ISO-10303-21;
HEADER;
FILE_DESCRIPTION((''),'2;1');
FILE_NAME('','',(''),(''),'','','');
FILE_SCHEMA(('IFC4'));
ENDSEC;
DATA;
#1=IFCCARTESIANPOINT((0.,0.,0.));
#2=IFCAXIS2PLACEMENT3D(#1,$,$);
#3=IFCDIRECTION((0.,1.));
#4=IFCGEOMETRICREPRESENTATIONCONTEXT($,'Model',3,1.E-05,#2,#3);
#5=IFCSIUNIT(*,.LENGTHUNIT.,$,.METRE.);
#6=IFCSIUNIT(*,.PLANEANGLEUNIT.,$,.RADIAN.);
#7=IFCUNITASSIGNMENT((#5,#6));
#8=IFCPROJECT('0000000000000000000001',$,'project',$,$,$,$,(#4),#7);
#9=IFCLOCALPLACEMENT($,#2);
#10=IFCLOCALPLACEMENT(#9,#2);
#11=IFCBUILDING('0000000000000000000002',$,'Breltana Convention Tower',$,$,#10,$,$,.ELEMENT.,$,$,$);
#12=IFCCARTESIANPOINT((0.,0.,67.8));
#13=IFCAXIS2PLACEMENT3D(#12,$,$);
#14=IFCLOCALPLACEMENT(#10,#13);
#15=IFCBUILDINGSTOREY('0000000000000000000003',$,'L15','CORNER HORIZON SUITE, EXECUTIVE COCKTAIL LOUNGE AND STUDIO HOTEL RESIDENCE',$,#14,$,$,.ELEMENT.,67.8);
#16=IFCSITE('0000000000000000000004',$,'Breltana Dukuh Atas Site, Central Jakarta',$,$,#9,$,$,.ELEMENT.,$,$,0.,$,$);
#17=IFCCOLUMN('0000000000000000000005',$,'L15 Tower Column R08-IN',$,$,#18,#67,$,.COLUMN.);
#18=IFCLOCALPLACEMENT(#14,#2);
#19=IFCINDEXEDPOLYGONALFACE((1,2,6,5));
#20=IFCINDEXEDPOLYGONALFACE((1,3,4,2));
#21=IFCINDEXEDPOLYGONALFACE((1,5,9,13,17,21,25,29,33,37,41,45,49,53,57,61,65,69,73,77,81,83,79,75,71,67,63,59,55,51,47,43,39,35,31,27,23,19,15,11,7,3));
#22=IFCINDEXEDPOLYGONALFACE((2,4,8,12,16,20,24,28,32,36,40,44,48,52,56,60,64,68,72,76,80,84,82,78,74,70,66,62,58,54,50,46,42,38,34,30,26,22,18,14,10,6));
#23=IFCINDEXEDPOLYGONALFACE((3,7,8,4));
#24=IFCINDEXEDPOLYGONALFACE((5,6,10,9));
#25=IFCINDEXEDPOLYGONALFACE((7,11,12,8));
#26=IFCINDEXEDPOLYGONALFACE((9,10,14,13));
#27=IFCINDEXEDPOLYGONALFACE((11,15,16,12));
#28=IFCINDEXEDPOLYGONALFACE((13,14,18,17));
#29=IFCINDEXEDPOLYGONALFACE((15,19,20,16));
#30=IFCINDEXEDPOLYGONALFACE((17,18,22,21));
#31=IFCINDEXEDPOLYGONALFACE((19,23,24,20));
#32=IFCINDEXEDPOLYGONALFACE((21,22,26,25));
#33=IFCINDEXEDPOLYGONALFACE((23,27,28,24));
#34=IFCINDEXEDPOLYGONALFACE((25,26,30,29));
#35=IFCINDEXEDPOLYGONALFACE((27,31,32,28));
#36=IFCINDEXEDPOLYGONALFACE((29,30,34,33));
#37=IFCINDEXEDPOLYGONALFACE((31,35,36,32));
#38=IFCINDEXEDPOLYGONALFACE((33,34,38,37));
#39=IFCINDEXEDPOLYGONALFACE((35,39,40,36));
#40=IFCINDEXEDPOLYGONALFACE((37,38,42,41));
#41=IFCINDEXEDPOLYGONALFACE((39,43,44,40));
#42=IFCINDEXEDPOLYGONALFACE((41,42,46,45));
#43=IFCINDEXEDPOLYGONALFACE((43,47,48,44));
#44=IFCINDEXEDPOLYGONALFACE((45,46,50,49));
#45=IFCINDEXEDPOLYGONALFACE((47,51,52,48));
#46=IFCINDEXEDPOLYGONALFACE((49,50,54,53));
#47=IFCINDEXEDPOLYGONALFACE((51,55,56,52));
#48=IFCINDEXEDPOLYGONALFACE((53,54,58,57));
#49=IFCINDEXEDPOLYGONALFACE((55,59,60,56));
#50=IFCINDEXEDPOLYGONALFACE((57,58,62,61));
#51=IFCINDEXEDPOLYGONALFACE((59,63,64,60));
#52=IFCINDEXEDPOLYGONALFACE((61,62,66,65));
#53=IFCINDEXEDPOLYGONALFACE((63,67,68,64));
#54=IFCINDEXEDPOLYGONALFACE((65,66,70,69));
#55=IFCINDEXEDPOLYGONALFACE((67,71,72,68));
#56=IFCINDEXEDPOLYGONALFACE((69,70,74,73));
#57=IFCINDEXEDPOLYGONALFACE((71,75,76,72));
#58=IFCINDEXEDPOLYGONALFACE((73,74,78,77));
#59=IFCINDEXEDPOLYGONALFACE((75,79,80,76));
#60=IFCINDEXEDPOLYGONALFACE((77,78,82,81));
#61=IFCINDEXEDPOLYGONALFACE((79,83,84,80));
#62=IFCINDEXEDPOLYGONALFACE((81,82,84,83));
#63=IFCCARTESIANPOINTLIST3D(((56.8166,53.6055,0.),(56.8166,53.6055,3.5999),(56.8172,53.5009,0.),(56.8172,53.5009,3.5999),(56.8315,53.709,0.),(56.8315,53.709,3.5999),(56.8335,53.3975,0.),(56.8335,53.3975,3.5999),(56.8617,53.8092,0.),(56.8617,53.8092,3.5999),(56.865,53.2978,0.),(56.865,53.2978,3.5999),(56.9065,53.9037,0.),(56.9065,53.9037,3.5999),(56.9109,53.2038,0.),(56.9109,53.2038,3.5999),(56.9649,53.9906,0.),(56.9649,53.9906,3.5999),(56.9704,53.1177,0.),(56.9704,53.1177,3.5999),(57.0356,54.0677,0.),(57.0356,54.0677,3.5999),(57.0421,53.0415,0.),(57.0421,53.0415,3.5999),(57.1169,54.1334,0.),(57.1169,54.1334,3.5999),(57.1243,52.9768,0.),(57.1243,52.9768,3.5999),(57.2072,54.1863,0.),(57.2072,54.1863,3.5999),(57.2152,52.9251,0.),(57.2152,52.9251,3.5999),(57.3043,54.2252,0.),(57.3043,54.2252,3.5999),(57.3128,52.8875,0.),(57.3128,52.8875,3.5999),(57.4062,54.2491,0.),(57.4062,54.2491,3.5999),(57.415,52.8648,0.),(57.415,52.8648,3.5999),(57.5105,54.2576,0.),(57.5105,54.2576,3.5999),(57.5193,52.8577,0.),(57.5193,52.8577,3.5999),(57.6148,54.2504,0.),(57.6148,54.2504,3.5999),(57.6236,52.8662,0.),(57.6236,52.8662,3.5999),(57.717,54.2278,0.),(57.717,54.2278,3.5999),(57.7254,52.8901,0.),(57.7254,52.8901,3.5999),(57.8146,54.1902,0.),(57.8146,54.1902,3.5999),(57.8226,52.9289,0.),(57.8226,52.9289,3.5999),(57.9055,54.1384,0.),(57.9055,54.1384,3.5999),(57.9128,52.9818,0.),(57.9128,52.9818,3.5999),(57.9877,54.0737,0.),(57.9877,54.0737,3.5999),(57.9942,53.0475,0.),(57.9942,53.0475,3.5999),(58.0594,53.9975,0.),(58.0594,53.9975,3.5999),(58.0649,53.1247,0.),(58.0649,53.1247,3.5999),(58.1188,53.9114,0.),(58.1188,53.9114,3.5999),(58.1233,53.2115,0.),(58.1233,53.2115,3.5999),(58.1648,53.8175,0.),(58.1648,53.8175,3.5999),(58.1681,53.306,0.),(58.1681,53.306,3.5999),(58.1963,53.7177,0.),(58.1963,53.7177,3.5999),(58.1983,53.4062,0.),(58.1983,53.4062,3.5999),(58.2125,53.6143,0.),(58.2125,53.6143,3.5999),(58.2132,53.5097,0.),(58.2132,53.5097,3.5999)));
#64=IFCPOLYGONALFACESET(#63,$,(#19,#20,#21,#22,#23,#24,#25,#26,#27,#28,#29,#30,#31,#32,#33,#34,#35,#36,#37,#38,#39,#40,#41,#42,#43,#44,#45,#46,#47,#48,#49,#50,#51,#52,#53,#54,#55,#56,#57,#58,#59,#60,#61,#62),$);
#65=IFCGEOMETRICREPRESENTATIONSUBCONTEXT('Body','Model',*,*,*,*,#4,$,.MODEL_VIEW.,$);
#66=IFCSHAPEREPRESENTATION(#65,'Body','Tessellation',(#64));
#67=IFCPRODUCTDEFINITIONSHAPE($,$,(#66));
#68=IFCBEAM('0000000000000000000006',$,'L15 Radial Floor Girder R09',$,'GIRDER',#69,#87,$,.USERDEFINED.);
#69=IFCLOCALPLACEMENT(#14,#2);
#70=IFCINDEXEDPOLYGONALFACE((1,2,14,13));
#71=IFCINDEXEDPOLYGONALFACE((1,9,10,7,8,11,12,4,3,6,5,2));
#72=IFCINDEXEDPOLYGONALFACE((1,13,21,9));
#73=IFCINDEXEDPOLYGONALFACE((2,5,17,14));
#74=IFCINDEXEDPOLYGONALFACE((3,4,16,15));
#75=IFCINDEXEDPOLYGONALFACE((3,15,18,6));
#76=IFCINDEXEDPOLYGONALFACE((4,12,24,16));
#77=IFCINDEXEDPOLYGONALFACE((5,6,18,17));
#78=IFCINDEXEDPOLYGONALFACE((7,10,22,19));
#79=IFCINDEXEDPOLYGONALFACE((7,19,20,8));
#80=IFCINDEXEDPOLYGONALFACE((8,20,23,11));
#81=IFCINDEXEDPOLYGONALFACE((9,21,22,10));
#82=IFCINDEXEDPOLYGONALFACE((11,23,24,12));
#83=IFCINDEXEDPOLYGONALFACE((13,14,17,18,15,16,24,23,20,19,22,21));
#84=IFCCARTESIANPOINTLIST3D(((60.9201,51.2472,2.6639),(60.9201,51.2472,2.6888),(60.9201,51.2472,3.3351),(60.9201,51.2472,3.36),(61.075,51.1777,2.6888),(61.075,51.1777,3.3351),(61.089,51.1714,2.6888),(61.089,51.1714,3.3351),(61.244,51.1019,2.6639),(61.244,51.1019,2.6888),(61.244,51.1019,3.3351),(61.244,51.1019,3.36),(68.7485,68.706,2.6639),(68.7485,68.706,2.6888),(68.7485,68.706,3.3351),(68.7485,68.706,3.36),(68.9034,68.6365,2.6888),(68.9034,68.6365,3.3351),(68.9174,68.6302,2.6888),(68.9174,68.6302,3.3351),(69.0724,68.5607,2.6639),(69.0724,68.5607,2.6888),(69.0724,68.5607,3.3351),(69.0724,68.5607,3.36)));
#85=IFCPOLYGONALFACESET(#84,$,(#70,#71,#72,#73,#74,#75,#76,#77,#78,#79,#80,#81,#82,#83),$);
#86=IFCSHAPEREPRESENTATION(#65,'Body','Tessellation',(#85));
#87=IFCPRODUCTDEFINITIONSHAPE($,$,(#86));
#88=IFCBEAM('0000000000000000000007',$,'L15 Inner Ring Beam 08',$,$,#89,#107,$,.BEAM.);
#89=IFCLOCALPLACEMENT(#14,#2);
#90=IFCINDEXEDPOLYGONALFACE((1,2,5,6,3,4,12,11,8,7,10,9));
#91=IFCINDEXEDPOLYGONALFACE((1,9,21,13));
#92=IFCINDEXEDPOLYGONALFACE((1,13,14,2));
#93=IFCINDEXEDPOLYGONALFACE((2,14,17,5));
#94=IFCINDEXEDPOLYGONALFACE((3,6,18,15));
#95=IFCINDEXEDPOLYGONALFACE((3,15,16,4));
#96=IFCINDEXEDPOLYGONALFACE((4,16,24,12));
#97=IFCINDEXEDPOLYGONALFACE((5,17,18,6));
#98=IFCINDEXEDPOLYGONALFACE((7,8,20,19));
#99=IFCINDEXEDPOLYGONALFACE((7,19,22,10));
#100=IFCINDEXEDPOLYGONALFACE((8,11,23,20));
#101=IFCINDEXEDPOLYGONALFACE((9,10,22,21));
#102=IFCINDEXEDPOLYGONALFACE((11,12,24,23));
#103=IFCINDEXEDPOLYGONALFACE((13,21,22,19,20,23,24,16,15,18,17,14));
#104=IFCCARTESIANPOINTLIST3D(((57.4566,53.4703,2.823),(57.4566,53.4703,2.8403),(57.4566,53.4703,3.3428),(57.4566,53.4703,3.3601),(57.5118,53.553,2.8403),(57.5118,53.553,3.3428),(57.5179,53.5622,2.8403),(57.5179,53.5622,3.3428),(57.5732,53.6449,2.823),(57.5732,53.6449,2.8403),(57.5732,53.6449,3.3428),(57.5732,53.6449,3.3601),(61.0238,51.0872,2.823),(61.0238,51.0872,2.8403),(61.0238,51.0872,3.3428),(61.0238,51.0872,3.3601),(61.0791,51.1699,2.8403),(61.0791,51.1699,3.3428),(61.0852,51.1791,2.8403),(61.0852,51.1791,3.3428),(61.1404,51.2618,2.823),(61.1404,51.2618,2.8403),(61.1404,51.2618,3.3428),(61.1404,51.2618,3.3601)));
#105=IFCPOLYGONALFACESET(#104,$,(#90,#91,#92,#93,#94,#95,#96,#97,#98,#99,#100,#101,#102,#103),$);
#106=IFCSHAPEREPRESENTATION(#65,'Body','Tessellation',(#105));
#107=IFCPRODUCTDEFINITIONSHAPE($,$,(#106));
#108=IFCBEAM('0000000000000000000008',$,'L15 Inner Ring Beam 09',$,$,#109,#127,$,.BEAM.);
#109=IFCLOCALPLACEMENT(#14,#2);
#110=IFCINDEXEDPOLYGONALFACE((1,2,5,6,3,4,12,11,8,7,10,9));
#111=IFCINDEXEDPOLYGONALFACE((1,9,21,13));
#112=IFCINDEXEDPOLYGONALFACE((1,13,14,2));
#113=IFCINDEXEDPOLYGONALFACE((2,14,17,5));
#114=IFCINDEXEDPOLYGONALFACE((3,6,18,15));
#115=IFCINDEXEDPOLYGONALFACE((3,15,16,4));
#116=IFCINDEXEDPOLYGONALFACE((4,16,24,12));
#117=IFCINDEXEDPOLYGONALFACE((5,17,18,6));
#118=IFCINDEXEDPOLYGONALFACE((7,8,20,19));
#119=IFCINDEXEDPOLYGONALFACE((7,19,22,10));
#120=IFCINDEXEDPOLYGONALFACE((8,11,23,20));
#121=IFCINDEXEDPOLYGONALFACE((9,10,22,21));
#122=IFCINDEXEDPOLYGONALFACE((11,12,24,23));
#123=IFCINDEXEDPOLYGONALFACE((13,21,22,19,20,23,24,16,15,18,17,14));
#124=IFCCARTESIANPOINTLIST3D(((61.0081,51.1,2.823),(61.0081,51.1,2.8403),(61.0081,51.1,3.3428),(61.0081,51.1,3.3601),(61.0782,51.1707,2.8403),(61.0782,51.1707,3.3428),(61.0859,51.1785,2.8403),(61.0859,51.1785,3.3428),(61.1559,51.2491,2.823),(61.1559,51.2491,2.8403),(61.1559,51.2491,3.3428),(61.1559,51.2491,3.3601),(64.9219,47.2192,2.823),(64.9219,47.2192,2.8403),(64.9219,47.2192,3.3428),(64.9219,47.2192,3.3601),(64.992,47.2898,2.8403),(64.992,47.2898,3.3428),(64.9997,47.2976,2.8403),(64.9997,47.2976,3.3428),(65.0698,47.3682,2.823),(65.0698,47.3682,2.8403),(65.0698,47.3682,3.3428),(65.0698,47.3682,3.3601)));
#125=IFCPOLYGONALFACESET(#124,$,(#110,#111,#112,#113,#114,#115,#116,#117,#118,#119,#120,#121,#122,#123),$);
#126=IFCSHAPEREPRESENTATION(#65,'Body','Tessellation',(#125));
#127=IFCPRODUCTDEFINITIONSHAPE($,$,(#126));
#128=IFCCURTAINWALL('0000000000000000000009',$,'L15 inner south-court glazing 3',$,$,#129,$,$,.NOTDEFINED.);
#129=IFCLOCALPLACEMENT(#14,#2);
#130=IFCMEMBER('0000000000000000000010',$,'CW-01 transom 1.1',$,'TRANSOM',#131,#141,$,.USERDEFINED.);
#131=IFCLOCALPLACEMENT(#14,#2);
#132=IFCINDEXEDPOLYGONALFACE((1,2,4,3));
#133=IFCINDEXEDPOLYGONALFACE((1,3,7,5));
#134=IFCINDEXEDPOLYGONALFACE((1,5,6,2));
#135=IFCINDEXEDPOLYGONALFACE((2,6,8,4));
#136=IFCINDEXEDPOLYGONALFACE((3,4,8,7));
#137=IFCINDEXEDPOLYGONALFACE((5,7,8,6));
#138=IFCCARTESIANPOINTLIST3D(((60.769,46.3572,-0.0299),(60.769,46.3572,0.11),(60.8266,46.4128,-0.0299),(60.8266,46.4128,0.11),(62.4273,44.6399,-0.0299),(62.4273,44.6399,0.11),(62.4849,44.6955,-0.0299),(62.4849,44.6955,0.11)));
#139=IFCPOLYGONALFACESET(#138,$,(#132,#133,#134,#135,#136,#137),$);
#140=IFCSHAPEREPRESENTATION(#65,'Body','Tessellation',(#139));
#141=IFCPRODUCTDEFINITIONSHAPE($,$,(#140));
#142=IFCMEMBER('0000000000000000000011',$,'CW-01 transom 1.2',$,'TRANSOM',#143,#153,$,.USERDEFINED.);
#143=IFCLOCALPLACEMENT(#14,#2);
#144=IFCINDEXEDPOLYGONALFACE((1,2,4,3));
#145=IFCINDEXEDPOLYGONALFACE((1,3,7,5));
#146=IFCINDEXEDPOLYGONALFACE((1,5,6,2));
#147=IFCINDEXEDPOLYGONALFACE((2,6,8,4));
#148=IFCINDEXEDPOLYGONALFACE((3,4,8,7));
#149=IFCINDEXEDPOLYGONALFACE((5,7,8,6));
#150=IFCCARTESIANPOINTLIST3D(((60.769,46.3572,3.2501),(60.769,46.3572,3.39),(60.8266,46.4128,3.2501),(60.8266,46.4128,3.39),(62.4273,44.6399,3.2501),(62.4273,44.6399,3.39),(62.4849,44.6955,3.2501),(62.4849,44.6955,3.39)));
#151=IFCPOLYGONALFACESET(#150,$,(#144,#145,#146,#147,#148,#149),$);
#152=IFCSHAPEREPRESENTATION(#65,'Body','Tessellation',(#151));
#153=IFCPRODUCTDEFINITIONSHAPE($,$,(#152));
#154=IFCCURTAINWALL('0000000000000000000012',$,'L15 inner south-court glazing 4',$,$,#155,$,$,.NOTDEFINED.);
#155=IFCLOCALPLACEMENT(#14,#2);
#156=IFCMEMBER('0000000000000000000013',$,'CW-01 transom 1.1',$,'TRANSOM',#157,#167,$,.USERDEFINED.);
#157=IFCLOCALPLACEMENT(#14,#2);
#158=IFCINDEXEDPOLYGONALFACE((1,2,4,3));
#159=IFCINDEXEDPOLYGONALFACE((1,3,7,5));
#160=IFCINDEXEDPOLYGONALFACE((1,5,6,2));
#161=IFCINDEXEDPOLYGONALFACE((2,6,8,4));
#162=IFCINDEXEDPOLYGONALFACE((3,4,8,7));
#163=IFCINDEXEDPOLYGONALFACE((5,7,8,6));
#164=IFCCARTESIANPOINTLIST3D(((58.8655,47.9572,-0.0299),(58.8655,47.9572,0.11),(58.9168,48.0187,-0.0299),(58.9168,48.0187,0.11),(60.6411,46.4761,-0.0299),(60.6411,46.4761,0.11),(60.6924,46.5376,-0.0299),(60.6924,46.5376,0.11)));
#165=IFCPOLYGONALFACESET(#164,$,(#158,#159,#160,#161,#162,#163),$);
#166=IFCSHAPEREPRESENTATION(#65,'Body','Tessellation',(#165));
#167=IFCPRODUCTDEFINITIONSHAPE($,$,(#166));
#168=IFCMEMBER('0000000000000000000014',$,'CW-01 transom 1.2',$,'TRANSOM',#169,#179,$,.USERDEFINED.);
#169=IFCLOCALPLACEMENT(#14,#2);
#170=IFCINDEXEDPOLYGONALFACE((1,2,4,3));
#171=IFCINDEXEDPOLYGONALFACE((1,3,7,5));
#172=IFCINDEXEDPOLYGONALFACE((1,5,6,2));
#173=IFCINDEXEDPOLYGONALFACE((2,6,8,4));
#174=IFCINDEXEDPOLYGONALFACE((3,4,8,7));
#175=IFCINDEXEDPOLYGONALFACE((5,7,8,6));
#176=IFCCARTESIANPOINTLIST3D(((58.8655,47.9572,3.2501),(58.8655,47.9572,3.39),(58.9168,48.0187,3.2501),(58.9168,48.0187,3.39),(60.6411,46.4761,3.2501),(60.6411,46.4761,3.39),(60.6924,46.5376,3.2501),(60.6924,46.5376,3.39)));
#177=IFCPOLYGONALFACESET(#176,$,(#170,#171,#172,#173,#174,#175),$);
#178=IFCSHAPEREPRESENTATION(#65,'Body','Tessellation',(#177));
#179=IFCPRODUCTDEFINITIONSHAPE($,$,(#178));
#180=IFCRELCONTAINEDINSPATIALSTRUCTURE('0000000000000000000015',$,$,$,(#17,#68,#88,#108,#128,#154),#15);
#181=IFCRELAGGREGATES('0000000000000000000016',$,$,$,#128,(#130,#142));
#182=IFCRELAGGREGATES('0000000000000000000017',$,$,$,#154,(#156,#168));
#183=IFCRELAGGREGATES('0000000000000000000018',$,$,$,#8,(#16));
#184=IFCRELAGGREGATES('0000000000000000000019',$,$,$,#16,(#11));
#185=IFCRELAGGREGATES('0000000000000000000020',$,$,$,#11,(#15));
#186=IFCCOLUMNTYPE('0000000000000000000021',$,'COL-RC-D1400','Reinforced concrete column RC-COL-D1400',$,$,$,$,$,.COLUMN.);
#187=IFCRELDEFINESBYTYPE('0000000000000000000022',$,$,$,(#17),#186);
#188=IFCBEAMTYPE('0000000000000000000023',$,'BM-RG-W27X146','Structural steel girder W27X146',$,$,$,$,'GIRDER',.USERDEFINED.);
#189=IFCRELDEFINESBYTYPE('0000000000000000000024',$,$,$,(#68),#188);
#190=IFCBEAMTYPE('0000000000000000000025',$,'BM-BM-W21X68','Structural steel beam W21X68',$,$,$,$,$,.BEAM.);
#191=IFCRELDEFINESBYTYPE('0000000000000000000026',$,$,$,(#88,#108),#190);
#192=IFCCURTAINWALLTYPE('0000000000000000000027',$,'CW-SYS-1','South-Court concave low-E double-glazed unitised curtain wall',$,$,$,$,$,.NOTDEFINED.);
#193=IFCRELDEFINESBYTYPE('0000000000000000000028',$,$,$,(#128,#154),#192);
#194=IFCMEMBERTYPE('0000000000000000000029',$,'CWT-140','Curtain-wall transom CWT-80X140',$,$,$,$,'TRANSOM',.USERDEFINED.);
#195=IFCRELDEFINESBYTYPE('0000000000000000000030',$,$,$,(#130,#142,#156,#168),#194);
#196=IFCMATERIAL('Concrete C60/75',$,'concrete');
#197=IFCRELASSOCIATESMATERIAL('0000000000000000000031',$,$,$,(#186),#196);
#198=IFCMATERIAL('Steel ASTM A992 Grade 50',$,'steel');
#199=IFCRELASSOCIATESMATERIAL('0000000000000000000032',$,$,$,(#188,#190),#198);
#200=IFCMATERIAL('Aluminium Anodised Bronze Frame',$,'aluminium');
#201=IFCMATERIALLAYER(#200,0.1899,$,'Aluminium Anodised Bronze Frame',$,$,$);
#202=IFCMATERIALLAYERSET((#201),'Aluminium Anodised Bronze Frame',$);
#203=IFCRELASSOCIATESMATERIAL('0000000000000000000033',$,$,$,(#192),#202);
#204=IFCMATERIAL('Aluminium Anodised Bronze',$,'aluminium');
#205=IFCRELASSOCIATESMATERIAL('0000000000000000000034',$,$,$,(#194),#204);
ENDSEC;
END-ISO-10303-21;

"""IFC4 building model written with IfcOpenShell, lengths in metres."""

from ifc_helpers import new_model, si_unit, direction, frame, origin, origin_2d, place, context, subcontext, project, spatial, rectangle, circle, i_section, extrude, source, transform, mapped, material, layer, layer_set, material_profile, profile_set, type_object, type_shapes, element, aggregate, save


model = new_model("IFC4")

# Units and contexts
model_context = context("Model", 3, precision=1e-05, world=origin(), true_north=direction((0.0, 1.0)))
body_context = subcontext(model_context, "Body", "Model", "MODEL_VIEW")
ifc_project = project(units=[si_unit("LENGTHUNIT", "METRE"), si_unit("PLANEANGLEUNIT", "RADIAN")], contexts=[model_context])

# Site, building, storey
site_placement = place(None, origin())
site = spatial("IfcSite", under=ifc_project, at=site_placement, Name="Breltana Dukuh Atas Site, Central Jakarta", CompositionType="ELEMENT", RefElevation=0.0)
building_placement = place(site_placement, origin())
building = spatial("IfcBuilding", under=site, at=building_placement, Name="Breltana Convention Tower", CompositionType="ELEMENT")
storey_placement = place(building_placement, frame((0.0, 0.0, 67.8)))
storey = spatial("IfcBuildingStorey", under=building, at=storey_placement, Name="L15", Description="CORNER HORIZON SUITE, EXECUTIVE COCKTAIL LOUNGE AND STUDIO HOTEL RESIDENCE", CompositionType="ELEMENT", Elevation=67.8)

# Column
ifc_material_1 = material(Name="Concrete C60/75", Category="concrete")
ifc_material_profile_1 = material_profile(ifc_material_1, circle(Radius=0.7, at=origin_2d()), Name="RC-COL-D1400")
ifc_profile_set_1 = profile_set([ifc_material_profile_1], Name="Concrete C60/75")
column_type = type_object("IfcColumnType", Name="COL-RC-D1400", Description="Reinforced concrete column RC-COL-D1400", PredefinedType="COLUMN", material=ifc_profile_set_1)
shared_shape_1 = source(origin(), body_context, "Body", "SweptSolid", [
    extrude(circle(Radius=0.7, at=origin_2d()), origin(), (0.0, 0.0, 1.0), 3.5999),
])
for number, where, z_axis, x_axis, name in (
    (1, (57.5149, 53.5576, 0.0), (0.0, 0.0, 1.0), (0.288698, 0.95742, 0.0), "L15 Tower Column R08-IN"),
):
    element("IfcColumn", number, at=place(storey_placement, frame(where, z_axis=z_axis, x_axis=x_axis)), inside=storey, type_object=column_type, Name=name, PredefinedType="COLUMN", context=body_context, shape_type="MappedRepresentation", body=[
        mapped(shared_shape_1, transform((0.0, 0.0, 0.0), scale=1.0)),
    ])

# Beams
ifc_material_2 = material(Name="Steel ASTM A992 Grade 50", Category="steel")
ifc_material_profile_2 = material_profile(ifc_material_2, i_section(OverallWidth=0.355, OverallDepth=0.696, WebThickness=0.0154, FlangeThickness=0.0249, at=origin_2d()), Name="W27X146")
ifc_profile_set_2 = profile_set([ifc_material_profile_2], Name="Steel ASTM A992 Grade 50")
beam_type_1 = type_object("IfcBeamType", Name="BM-RG-W27X146", Description="Structural steel girder W27X146", ElementType="GIRDER", PredefinedType="USERDEFINED", material=ifc_profile_set_2)
shared_shape_2 = source(origin(), body_context, "Body", "SweptSolid", [
    extrude(i_section(OverallWidth=0.355, OverallDepth=0.696, WebThickness=0.0154, FlangeThickness=0.0249, at=origin_2d()), origin(), (0.0, 0.0, 1.0), 19.1335),
])
beam_1_placement = place(storey_placement, frame((61.082, 51.1746, 3.012), z_axis=(0.409145, 0.91247, 0.0), x_axis=(-0.91247, 0.409145, 0.0)))
element("IfcBeam", 2, at=beam_1_placement, inside=storey, type_object=beam_type_1, Name="L15 Radial Floor Girder R09", ObjectType="GIRDER", PredefinedType="USERDEFINED", context=body_context, shape_type="MappedRepresentation", body=[
    mapped(shared_shape_2, transform((0.0, 0.0, 0.0), scale=1.0)),
])
ifc_material_profile_3 = material_profile(ifc_material_2, i_section(OverallWidth=0.21, OverallDepth=0.5371, WebThickness=0.011, FlangeThickness=0.0173, at=origin_2d()), Name="W21X68")
ifc_profile_set_3 = profile_set([ifc_material_profile_3], Name="Steel ASTM A992 Grade 50")
beam_type_2 = type_object("IfcBeamType", Name="BM-BM-W21X68", Description="Structural steel beam W21X68", PredefinedType="BEAM", material=ifc_profile_set_3)
shared_shape_3 = source(origin(), body_context, "Body", "SweptSolid", [
    extrude(i_section(OverallWidth=0.21, OverallDepth=0.5371, WebThickness=0.011, FlangeThickness=0.0173, at=origin_2d()), origin(), (0.0, 0.0, 1.0), 4.29),
])
beam_2_placement = place(storey_placement, frame((57.5149, 53.5576, 3.0916), z_axis=(0.831516, -0.555501, 0.0), x_axis=(0.555501, 0.831516, 0.0)))
element("IfcBeam", 3, at=beam_2_placement, inside=storey, type_object=beam_type_2, Name="L15 Inner Ring Beam 08", PredefinedType="BEAM", context=body_context, shape_type="MappedRepresentation", body=[
    mapped(shared_shape_3, transform((0.0, 0.0, 0.0), scale=1.0)),
])
shared_shape_4 = source(origin(), body_context, "Body", "SweptSolid", [
    extrude(i_section(OverallWidth=0.21, OverallDepth=0.5371, WebThickness=0.011, FlangeThickness=0.0173, at=origin_2d()), origin(), (0.0, 0.0, 1.0), 5.5117),
])
beam_3_placement = place(storey_placement, frame((61.082, 51.1746, 3.0916), z_axis=(0.71009, -0.704111, 0.0), x_axis=(0.704111, 0.71009, 0.0)))
element("IfcBeam", 4, at=beam_3_placement, inside=storey, type_object=beam_type_2, Name="L15 Inner Ring Beam 09", PredefinedType="BEAM", context=body_context, shape_type="MappedRepresentation", body=[
    mapped(shared_shape_4, transform((0.0, 0.0, 0.0), scale=1.0)),
])

# Curtain walls, members
ifc_material_3 = material(Name="Aluminium Anodised Bronze Frame", Category="aluminium")
ifc_layer_1 = layer(ifc_material_3, 0.1899, Name="Aluminium Anodised Bronze Frame")
ifc_layer_set_1 = layer_set([ifc_layer_1], Name="Aluminium Anodised Bronze Frame")
curtain_wall_type = type_object("IfcCurtainWallType", Name="CW-SYS-1", Description="South-Court concave low-E double-glazed unitised curtain wall", PredefinedType="NOTDEFINED", material=ifc_layer_set_1)
curtain_wall_1_placement = place(storey_placement, origin())
curtain_wall_1 = element("IfcCurtainWall", 5, at=curtain_wall_1_placement, inside=storey, type_object=curtain_wall_type, Name="L15 inner south-court glazing 3", PredefinedType="NOTDEFINED")
ifc_material_4 = material(Name="Aluminium Anodised Bronze", Category="aluminium")
ifc_material_profile_4 = material_profile(ifc_material_4, rectangle(XDim=0.0801, YDim=0.1399, at=origin_2d()), Name="CWT-80X140")
ifc_profile_set_4 = profile_set([ifc_material_profile_4], Name="Aluminium Anodised Bronze")
member_type_1 = type_object("IfcMemberType", Name="CWT-140", Description="Curtain-wall transom CWT-80X140", ElementType="TRANSOM", PredefinedType="USERDEFINED", material=ifc_profile_set_4)
shared_shape_5 = source(origin(), body_context, "Body", "SweptSolid", [
    extrude(rectangle(XDim=0.0801, YDim=0.1399, at=origin_2d()), origin(), (0.0, 0.0, 1.0), 2.3872),
])
type_shapes(member_type_1, [shared_shape_5])
member_1_placement = place(storey_placement, frame((62.4561, 44.6677, 0.04), z_axis=(-0.694624, 0.719373, 0.0), x_axis=(-0.719373, -0.694624, 0.0)))
member_1 = element("IfcMember", 6, at=member_1_placement, type_object=member_type_1, Name="CW-01 transom 1.1", ObjectType="TRANSOM", PredefinedType="USERDEFINED", context=body_context, shape_type="MappedRepresentation", body=[
    mapped(shared_shape_5, transform((0.0, 0.0, 0.0), scale=1.0)),
])
member_2_placement = place(storey_placement, frame((62.4561, 44.6677, 3.3201), z_axis=(-0.694624, 0.719373, 0.0), x_axis=(-0.719373, -0.694624, 0.0)))
member_2 = element("IfcMember", 7, at=member_2_placement, type_object=member_type_1, Name="CW-01 transom 1.2", ObjectType="TRANSOM", PredefinedType="USERDEFINED", context=body_context, shape_type="MappedRepresentation", body=[
    mapped(shared_shape_5, transform((0.0, 0.0, 0.0), scale=1.0)),
])
curtain_wall_2_placement = place(storey_placement, origin())
curtain_wall_2 = element("IfcCurtainWall", 8, at=curtain_wall_2_placement, inside=storey, type_object=curtain_wall_type, Name="L15 inner south-court glazing 4", PredefinedType="NOTDEFINED")
shared_shape_6 = source(origin(), body_context, "Body", "SweptSolid", [
    extrude(rectangle(XDim=0.0801, YDim=0.1399, at=origin_2d()), origin(), (0.0, 0.0, 1.0), 2.3123),
])
member_3_placement = place(storey_placement, frame((60.6667, 46.5068, 0.04), z_axis=(-0.767901, 0.640569, 0.0), x_axis=(-0.640569, -0.767901, 0.0)))
member_3 = element("IfcMember", 9, at=member_3_placement, type_object=member_type_1, Name="CW-01 transom 1.1", ObjectType="TRANSOM", PredefinedType="USERDEFINED", context=body_context, shape_type="MappedRepresentation", body=[
    mapped(shared_shape_6, transform((0.0, 0.0, 0.0), scale=1.0)),
])
member_4_placement = place(storey_placement, frame((60.6667, 46.5068, 3.3201), z_axis=(-0.767901, 0.640569, 0.0), x_axis=(-0.640569, -0.767901, 0.0)))
member_4 = element("IfcMember", 10, at=member_4_placement, type_object=member_type_1, Name="CW-01 transom 1.2", ObjectType="TRANSOM", PredefinedType="USERDEFINED", context=body_context, shape_type="MappedRepresentation", body=[
    mapped(shared_shape_6, transform((0.0, 0.0, 0.0), scale=1.0)),
])

aggregate(curtain_wall_1, [member_1, member_2])
aggregate(curtain_wall_2, [member_3, member_4])

save(model, "model.ifc")
